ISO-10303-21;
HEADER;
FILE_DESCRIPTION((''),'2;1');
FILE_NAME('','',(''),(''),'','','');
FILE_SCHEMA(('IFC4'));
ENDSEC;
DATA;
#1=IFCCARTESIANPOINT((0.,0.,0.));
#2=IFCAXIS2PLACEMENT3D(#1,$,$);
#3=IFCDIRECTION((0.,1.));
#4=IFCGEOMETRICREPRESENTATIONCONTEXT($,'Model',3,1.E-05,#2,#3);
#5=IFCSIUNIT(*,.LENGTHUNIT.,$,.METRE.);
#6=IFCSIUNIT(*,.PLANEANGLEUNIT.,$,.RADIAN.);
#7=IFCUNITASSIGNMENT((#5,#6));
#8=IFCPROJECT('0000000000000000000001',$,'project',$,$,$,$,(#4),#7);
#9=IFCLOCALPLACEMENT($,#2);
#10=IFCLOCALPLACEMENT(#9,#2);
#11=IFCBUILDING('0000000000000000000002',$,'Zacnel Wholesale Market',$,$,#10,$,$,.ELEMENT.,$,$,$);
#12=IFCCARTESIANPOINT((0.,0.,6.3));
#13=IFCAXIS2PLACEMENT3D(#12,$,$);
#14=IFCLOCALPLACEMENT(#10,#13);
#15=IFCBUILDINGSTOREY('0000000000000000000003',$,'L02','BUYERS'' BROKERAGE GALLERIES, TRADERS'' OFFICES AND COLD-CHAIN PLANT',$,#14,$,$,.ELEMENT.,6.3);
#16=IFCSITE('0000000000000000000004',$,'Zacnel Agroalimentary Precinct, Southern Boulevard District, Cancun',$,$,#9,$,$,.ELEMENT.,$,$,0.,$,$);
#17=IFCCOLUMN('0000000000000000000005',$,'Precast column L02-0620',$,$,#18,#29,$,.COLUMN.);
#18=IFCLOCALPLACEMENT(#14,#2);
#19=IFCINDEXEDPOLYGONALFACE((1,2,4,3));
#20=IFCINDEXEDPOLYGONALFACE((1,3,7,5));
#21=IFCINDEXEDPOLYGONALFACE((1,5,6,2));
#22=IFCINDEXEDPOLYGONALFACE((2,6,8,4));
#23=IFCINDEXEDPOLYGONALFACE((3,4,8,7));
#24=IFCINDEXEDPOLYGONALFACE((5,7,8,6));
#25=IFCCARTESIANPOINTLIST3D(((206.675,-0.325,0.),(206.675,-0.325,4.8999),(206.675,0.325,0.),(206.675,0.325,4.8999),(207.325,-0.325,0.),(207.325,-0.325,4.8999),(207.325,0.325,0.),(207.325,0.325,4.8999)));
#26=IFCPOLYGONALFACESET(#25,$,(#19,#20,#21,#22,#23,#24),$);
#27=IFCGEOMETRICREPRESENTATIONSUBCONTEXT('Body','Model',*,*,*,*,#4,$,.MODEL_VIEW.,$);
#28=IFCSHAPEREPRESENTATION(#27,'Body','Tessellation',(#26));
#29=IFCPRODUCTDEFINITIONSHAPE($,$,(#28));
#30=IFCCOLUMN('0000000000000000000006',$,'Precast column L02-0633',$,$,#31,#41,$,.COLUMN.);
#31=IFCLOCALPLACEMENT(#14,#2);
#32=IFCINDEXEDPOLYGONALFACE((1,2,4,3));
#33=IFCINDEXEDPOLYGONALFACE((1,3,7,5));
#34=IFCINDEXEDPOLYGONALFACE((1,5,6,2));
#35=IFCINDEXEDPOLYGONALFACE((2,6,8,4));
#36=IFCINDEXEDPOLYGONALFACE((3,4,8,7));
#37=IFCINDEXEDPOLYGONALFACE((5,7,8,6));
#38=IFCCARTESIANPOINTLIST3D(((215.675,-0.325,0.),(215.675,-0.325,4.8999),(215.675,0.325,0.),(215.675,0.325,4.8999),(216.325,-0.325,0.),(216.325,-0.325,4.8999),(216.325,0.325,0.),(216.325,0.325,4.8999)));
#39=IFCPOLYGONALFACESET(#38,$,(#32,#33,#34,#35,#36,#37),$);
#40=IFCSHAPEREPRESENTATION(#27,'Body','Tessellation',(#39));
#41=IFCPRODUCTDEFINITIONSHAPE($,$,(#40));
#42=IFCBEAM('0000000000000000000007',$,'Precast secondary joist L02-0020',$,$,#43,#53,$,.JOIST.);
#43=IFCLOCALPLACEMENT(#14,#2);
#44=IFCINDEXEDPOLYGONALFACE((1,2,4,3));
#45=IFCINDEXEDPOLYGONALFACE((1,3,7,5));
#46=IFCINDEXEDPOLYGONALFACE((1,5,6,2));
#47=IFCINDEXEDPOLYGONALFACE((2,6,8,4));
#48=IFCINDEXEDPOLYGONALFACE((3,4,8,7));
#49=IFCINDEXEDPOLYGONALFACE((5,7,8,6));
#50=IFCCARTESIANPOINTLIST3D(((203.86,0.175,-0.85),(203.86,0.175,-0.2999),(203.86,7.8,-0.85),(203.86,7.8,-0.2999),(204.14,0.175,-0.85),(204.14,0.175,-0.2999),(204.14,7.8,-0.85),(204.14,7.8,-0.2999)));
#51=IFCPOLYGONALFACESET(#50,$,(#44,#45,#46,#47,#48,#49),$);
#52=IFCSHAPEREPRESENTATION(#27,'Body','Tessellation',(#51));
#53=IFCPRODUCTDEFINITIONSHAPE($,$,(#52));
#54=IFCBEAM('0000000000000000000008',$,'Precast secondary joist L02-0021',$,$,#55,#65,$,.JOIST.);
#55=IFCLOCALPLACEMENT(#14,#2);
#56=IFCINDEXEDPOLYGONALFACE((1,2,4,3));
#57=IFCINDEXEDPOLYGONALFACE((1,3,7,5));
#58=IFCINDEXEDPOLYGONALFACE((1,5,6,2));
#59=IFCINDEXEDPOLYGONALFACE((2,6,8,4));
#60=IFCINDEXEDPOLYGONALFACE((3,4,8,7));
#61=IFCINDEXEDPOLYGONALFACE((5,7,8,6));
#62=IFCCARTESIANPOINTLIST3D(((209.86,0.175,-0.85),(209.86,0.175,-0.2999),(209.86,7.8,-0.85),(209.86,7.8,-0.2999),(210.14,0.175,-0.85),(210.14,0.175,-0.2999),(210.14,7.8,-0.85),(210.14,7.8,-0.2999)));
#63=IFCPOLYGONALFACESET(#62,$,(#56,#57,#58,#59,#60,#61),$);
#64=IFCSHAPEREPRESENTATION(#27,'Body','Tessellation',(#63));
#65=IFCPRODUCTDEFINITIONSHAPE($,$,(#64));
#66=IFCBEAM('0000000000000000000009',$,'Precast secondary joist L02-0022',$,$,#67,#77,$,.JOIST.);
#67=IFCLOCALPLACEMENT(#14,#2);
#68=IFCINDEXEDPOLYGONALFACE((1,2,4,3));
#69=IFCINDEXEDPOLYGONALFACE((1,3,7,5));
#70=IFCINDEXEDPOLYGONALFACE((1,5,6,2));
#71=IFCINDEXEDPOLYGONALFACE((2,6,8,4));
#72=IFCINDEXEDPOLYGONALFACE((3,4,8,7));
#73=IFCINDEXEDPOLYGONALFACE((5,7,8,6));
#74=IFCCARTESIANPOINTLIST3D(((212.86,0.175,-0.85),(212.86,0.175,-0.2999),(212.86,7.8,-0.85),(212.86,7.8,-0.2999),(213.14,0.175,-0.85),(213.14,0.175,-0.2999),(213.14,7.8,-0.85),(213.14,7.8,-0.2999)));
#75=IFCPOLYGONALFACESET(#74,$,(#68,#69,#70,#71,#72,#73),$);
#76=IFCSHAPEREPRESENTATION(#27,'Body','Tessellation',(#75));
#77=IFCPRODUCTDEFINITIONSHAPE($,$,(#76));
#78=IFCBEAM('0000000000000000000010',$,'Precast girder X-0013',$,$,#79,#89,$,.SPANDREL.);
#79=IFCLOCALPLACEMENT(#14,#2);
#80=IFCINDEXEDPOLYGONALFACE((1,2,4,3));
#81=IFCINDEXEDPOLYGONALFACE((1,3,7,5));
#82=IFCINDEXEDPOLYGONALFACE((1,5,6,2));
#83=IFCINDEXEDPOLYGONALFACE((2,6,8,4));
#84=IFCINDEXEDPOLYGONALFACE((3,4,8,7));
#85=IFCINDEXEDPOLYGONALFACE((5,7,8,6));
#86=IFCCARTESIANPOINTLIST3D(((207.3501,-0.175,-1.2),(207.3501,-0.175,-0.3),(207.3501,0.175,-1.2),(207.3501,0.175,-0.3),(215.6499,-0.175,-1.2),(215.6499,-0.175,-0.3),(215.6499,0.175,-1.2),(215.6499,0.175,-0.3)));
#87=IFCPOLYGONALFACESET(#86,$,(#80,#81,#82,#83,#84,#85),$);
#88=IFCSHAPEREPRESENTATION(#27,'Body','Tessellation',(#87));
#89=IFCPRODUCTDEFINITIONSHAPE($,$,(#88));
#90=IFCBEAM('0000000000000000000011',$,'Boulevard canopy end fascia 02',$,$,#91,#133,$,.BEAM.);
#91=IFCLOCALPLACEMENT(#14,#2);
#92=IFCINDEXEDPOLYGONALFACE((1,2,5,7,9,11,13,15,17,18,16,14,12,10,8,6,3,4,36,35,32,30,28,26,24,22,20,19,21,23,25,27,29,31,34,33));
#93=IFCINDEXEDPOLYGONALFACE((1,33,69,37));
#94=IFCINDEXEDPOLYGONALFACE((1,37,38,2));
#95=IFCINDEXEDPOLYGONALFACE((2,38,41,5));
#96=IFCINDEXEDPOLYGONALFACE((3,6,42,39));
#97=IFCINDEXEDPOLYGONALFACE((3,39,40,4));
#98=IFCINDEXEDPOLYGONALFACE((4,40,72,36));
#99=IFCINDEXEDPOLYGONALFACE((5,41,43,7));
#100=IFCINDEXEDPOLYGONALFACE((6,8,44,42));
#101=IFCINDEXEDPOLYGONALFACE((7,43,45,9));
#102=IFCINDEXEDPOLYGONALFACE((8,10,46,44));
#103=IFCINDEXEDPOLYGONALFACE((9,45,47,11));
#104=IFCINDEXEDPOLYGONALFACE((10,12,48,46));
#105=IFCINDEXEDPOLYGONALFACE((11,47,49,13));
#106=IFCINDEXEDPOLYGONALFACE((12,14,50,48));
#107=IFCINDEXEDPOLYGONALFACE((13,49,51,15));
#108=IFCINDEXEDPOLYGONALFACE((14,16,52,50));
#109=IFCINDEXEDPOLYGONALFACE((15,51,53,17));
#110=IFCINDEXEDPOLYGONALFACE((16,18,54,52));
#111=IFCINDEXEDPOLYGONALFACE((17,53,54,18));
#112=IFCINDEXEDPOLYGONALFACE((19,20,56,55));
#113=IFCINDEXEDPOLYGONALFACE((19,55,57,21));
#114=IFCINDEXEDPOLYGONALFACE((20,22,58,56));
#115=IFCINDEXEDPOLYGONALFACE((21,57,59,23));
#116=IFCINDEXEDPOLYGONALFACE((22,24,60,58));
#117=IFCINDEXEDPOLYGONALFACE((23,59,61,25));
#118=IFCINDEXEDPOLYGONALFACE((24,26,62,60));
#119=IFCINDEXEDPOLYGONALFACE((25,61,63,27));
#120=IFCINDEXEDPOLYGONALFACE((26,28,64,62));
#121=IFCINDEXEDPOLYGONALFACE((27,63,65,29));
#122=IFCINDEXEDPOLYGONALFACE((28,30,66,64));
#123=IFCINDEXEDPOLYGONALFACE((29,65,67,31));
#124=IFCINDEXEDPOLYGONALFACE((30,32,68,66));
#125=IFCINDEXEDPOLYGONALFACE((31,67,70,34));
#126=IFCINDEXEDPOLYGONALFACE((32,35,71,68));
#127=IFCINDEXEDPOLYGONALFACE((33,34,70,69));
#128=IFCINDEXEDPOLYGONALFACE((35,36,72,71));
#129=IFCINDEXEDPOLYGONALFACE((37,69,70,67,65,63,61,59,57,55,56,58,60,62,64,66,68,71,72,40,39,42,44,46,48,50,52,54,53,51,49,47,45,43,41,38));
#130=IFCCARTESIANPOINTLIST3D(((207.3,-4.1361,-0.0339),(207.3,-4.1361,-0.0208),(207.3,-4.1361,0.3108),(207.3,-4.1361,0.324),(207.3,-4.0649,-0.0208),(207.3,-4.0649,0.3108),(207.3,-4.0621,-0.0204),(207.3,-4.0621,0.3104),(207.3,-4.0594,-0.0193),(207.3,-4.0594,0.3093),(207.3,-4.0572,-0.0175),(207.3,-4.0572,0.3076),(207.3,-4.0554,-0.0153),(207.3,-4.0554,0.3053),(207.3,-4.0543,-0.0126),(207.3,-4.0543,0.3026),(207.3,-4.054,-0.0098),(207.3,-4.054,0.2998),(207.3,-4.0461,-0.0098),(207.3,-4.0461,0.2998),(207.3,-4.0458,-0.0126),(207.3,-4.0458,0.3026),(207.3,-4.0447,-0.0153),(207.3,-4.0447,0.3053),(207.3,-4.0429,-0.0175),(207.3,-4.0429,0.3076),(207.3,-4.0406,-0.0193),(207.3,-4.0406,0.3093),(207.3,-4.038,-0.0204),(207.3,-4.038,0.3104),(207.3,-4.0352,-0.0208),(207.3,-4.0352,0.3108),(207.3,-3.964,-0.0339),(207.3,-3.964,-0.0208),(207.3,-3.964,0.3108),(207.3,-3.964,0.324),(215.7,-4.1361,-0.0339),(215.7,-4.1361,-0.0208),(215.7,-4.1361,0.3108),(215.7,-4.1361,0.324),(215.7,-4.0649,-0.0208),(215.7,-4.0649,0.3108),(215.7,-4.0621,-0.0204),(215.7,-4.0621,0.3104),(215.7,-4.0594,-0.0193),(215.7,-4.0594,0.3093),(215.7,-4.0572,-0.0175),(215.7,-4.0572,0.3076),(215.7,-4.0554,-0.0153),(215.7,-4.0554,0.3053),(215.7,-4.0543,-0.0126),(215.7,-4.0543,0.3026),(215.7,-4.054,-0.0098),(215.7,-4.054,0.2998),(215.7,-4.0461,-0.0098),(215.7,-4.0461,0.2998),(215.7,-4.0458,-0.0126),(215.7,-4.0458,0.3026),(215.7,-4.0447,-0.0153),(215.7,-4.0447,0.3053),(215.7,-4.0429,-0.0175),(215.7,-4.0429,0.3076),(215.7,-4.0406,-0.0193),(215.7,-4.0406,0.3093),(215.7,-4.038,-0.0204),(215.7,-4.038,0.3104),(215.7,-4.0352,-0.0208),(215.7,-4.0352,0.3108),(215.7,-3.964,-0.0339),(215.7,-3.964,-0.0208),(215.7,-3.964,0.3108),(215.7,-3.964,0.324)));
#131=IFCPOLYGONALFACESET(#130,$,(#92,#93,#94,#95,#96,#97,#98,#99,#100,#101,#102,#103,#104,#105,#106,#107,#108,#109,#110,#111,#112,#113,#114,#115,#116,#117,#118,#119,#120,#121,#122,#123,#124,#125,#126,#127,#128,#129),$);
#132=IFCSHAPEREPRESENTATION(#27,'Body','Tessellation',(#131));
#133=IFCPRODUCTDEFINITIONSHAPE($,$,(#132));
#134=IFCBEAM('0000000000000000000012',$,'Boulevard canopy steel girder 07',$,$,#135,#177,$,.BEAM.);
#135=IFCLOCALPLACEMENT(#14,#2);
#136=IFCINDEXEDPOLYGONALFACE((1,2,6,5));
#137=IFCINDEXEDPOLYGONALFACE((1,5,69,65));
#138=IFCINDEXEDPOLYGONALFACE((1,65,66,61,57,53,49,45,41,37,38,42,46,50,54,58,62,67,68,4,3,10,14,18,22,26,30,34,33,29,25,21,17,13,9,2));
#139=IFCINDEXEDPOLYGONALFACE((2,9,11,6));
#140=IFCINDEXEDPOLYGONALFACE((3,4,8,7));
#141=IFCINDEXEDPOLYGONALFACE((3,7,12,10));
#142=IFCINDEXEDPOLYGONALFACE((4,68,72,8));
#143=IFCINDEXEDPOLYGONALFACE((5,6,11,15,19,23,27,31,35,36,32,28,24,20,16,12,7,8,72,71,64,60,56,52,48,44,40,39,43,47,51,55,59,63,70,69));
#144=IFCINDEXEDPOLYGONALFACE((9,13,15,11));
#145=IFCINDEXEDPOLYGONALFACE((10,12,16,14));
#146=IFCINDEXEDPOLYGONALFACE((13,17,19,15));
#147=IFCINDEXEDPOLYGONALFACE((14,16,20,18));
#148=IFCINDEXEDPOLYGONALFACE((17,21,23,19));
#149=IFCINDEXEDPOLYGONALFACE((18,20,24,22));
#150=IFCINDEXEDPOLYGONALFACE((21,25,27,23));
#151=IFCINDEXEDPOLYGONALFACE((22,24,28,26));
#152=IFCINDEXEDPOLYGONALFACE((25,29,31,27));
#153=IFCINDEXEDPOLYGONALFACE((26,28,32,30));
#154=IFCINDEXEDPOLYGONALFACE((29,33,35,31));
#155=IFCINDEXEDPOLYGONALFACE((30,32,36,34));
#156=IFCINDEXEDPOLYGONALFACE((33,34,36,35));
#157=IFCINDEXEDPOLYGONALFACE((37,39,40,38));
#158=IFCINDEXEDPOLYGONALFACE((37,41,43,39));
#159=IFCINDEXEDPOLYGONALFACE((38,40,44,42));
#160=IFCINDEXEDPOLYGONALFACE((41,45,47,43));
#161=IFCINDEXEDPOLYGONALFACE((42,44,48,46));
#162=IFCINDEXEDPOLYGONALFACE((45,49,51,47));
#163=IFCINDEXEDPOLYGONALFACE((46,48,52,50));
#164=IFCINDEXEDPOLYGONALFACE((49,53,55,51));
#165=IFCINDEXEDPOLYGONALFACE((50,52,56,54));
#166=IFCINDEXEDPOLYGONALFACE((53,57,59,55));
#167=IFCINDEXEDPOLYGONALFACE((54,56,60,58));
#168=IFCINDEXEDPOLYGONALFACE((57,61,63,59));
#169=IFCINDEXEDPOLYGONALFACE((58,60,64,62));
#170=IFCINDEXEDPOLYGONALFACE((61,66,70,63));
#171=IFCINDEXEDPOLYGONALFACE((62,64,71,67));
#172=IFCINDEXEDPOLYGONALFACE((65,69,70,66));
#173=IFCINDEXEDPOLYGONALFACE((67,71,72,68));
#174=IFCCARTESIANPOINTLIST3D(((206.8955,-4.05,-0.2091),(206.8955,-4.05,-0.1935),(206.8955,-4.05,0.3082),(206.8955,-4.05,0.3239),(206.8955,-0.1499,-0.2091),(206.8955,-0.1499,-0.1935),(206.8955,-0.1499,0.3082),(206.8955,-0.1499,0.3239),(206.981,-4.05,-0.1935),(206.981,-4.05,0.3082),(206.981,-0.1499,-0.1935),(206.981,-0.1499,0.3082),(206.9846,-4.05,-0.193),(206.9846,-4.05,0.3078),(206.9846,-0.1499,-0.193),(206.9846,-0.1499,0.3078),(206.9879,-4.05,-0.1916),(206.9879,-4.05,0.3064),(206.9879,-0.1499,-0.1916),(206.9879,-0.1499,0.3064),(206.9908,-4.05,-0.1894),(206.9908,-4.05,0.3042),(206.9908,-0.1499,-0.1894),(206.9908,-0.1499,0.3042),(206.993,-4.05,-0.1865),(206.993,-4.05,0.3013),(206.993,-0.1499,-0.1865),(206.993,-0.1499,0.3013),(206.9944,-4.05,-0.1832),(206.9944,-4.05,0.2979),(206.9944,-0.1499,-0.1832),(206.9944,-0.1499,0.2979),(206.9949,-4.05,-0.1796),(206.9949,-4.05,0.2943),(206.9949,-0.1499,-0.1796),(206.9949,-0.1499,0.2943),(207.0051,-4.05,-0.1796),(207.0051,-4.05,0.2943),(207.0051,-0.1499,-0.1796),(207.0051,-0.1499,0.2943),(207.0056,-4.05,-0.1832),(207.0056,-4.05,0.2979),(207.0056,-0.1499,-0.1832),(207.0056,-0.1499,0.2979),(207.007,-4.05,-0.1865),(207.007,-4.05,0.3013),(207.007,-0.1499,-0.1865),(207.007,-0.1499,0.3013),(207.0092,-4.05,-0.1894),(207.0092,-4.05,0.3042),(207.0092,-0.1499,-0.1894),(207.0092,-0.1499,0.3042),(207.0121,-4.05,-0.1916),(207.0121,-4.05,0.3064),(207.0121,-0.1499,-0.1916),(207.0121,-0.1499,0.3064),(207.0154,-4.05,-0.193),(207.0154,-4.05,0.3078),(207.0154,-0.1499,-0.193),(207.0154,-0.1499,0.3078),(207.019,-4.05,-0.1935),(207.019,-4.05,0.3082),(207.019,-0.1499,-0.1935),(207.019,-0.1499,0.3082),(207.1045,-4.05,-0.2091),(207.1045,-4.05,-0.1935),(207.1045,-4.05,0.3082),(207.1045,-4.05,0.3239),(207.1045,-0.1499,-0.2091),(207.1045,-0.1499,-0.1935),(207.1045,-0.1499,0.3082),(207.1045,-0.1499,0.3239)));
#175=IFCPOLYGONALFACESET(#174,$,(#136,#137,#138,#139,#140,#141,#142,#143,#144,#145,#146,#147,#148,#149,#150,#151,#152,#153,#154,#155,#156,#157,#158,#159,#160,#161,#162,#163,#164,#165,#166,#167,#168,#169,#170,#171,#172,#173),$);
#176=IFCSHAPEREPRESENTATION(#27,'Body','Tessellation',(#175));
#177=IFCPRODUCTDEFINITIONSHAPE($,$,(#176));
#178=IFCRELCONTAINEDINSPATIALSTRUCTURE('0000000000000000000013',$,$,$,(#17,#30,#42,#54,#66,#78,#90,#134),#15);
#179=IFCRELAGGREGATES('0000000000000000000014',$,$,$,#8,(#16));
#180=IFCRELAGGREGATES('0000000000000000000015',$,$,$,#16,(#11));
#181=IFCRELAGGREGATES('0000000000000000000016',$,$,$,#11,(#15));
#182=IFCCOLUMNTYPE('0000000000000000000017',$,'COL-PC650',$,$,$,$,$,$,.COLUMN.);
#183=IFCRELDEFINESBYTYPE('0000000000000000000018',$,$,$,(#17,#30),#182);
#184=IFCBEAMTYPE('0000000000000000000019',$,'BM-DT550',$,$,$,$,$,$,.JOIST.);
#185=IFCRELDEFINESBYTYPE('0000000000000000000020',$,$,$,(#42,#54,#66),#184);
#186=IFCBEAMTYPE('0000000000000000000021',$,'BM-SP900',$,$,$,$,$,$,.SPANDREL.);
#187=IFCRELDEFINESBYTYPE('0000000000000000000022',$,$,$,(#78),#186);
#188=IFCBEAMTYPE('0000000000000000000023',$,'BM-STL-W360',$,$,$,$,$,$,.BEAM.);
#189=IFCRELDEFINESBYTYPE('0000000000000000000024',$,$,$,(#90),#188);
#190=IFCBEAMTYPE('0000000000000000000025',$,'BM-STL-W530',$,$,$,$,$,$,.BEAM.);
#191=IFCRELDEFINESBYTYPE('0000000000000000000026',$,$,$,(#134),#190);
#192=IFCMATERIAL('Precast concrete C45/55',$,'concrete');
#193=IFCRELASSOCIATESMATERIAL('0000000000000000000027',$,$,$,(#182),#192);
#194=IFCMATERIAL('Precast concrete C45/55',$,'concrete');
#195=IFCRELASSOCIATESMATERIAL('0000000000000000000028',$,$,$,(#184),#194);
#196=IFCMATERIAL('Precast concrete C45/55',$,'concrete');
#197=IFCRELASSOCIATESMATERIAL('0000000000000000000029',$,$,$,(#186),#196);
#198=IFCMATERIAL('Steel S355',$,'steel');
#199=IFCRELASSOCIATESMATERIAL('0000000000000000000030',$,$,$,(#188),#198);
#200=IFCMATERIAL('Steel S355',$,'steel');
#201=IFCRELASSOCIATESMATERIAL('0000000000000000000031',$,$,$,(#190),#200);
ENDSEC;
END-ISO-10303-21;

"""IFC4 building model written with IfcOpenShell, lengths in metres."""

from ifc_helpers import new_model, si_unit, direction, frame, origin, origin_2d, place, context, subcontext, project, spatial, rectangle, i_section, extrude, material, material_profile, profile_set, type_object, element, save


model = new_model("IFC4")

# Units and contexts
model_context = context("Model", 3, precision=1e-05, world=origin(), true_north=direction((0.0, 1.0)))
body_context = subcontext(model_context, "Body", "Model", "MODEL_VIEW")
ifc_project = project(units=[si_unit("LENGTHUNIT", "METRE"), si_unit("PLANEANGLEUNIT", "RADIAN")], contexts=[model_context])

# Site, building, storey
site_placement = place(None, origin())
site = spatial("IfcSite", under=ifc_project, at=site_placement, Name="Zacnel Agroalimentary Precinct, Southern Boulevard District, Cancun", CompositionType="ELEMENT", RefElevation=0.0)
building_placement = place(site_placement, origin())
building = spatial("IfcBuilding", under=site, at=building_placement, Name="Zacnel Wholesale Market", CompositionType="ELEMENT")
storey_placement = place(building_placement, frame((0.0, 0.0, 6.3)))
storey = spatial("IfcBuildingStorey", under=building, at=storey_placement, Name="L02", Description="BUYERS' BROKERAGE GALLERIES, TRADERS' OFFICES AND COLD-CHAIN PLANT", CompositionType="ELEMENT", Elevation=6.3)

# Columns
ifc_material_1 = material(Name="Precast concrete C45/55", Category="concrete")
ifc_material_profile_1 = material_profile(ifc_material_1, rectangle(XDim=0.6499, YDim=0.6499, at=origin_2d()), Name="PC 650x650")
ifc_profile_set_1 = profile_set([ifc_material_profile_1], Name="Precast concrete C45/55")
column_type = type_object("IfcColumnType", Name="COL-PC650", PredefinedType="COLUMN", material=ifc_profile_set_1)
for number, where, z_axis, x_axis, name in (
    (1, (207.0, 0.0, 0.0), (0.0, 0.0, 1.0), (1.0, 0.0, 0.0), "Precast column L02-0620"),
    (2, (216.0, 0.0, 0.0), (0.0, 0.0, 1.0), (1.0, 0.0, 0.0), "Precast column L02-0633"),
):
    element("IfcColumn", number, at=place(storey_placement, frame(where, z_axis=z_axis, x_axis=x_axis)), inside=storey, type_object=column_type, Name=name, PredefinedType="COLUMN", context=body_context, shape_type="SweptSolid", body=[
        extrude(rectangle(XDim=0.6499, YDim=0.6499, at=origin_2d()), origin(), (0.0, 0.0, 1.0), 4.8999),
    ])

# Beams
ifc_material_2 = material(Name="Precast concrete C45/55", Category="concrete")
ifc_material_profile_2 = material_profile(ifc_material_2, rectangle(XDim=0.28, YDim=0.55, at=origin_2d()), Name="DT RIB 280x550")
ifc_profile_set_2 = profile_set([ifc_material_profile_2], Name="Precast concrete C45/55")
beam_type_1 = type_object("IfcBeamType", Name="BM-DT550", PredefinedType="JOIST", material=ifc_profile_set_2)
for number, where, z_axis, x_axis, name in (
    (3, (204.0, 0.175, -0.575), (0.0, 1.0, 0.0), (-1.0, 0.0, 0.0), "Precast secondary joist L02-0020"),
    (4, (210.0, 0.175, -0.575), (0.0, 1.0, 0.0), (-1.0, 0.0, 0.0), "Precast secondary joist L02-0021"),
    (5, (213.0, 0.175, -0.575), (0.0, 1.0, 0.0), (-1.0, 0.0, 0.0), "Precast secondary joist L02-0022"),
):
    element("IfcBeam", number, at=place(storey_placement, frame(where, z_axis=z_axis, x_axis=x_axis)), inside=storey, type_object=beam_type_1, Name=name, PredefinedType="JOIST", context=body_context, shape_type="SweptSolid", body=[
        extrude(rectangle(XDim=0.28, YDim=0.55, at=origin_2d()), origin(), (0.0, 0.0, 1.0), 7.625),
    ])
ifc_material_3 = material(Name="Precast concrete C45/55", Category="concrete")
ifc_material_profile_3 = material_profile(ifc_material_3, rectangle(XDim=0.3501, YDim=0.8999, at=origin_2d()), Name="SP 350x900")
ifc_profile_set_3 = profile_set([ifc_material_profile_3], Name="Precast concrete C45/55")
beam_type_2 = type_object("IfcBeamType", Name="BM-SP900", PredefinedType="SPANDREL", material=ifc_profile_set_3)
beam_1_placement = place(storey_placement, frame((207.3501, 0.0, -0.75), z_axis=(1.0, 0.0, 0.0), x_axis=(0.0, 1.0, 0.0)))
element("IfcBeam", 6, at=beam_1_placement, inside=storey, type_object=beam_type_2, Name="Precast girder X-0013", PredefinedType="SPANDREL", context=body_context, shape_type="SweptSolid", body=[
    extrude(rectangle(XDim=0.3501, YDim=0.8999, at=origin_2d()), origin(), (0.0, 0.0, 1.0), 8.2998),
])
ifc_material_4 = material(Name="Steel S355", Category="steel")
ifc_material_profile_4 = material_profile(ifc_material_4, i_section(OverallWidth=0.1721, OverallDepth=0.3579, WebThickness=0.0078, FlangeThickness=0.0132, FilletRadius=0.011, at=origin_2d()), Name="W360X57.8")
ifc_profile_set_4 = profile_set([ifc_material_profile_4], Name="Steel S355")
beam_type_3 = type_object("IfcBeamType", Name="BM-STL-W360", PredefinedType="BEAM", material=ifc_profile_set_4)
beam_2_placement = place(storey_placement, frame((207.3, -4.05, 0.145), z_axis=(1.0, 0.0, 0.0), x_axis=(0.0, 1.0, 0.0)))
element("IfcBeam", 7, at=beam_2_placement, inside=storey, type_object=beam_type_3, Name="Boulevard canopy end fascia 02", PredefinedType="BEAM", context=body_context, shape_type="SweptSolid", body=[
    extrude(i_section(OverallWidth=0.1721, OverallDepth=0.3579, WebThickness=0.0078, FlangeThickness=0.0132, FilletRadius=0.011, at=origin_2d()), origin(), (0.0, 0.0, 1.0), 8.3999),
])
ifc_material_5 = material(Name="Steel S355", Category="steel")
ifc_material_profile_5 = material_profile(ifc_material_5, i_section(OverallWidth=0.209, OverallDepth=0.533, WebThickness=0.0103, FlangeThickness=0.0156, FilletRadius=0.0139, at=origin_2d()), Name="W530X92")
ifc_profile_set_5 = profile_set([ifc_material_profile_5], Name="Steel S355")
beam_type_4 = type_object("IfcBeamType", Name="BM-STL-W530", PredefinedType="BEAM", material=ifc_profile_set_5)
for number, where, z_axis, x_axis, name in (
    (8, (207.0, -0.1499, 0.0574), (0.0, -1.0, 0.0), (1.0, 0.0, 0.0), "Boulevard canopy steel girder 07"),
):
    element("IfcBeam", number, at=place(storey_placement, frame(where, z_axis=z_axis, x_axis=x_axis)), inside=storey, type_object=beam_type_4, Name=name, PredefinedType="BEAM", context=body_context, shape_type="SweptSolid", body=[
        extrude(i_section(OverallWidth=0.209, OverallDepth=0.533, WebThickness=0.0103, FlangeThickness=0.0156, FilletRadius=0.0139, at=origin_2d()), origin(), (0.0, 0.0, 1.0), 3.9001),
    ])

save(model, "model.ifc")
